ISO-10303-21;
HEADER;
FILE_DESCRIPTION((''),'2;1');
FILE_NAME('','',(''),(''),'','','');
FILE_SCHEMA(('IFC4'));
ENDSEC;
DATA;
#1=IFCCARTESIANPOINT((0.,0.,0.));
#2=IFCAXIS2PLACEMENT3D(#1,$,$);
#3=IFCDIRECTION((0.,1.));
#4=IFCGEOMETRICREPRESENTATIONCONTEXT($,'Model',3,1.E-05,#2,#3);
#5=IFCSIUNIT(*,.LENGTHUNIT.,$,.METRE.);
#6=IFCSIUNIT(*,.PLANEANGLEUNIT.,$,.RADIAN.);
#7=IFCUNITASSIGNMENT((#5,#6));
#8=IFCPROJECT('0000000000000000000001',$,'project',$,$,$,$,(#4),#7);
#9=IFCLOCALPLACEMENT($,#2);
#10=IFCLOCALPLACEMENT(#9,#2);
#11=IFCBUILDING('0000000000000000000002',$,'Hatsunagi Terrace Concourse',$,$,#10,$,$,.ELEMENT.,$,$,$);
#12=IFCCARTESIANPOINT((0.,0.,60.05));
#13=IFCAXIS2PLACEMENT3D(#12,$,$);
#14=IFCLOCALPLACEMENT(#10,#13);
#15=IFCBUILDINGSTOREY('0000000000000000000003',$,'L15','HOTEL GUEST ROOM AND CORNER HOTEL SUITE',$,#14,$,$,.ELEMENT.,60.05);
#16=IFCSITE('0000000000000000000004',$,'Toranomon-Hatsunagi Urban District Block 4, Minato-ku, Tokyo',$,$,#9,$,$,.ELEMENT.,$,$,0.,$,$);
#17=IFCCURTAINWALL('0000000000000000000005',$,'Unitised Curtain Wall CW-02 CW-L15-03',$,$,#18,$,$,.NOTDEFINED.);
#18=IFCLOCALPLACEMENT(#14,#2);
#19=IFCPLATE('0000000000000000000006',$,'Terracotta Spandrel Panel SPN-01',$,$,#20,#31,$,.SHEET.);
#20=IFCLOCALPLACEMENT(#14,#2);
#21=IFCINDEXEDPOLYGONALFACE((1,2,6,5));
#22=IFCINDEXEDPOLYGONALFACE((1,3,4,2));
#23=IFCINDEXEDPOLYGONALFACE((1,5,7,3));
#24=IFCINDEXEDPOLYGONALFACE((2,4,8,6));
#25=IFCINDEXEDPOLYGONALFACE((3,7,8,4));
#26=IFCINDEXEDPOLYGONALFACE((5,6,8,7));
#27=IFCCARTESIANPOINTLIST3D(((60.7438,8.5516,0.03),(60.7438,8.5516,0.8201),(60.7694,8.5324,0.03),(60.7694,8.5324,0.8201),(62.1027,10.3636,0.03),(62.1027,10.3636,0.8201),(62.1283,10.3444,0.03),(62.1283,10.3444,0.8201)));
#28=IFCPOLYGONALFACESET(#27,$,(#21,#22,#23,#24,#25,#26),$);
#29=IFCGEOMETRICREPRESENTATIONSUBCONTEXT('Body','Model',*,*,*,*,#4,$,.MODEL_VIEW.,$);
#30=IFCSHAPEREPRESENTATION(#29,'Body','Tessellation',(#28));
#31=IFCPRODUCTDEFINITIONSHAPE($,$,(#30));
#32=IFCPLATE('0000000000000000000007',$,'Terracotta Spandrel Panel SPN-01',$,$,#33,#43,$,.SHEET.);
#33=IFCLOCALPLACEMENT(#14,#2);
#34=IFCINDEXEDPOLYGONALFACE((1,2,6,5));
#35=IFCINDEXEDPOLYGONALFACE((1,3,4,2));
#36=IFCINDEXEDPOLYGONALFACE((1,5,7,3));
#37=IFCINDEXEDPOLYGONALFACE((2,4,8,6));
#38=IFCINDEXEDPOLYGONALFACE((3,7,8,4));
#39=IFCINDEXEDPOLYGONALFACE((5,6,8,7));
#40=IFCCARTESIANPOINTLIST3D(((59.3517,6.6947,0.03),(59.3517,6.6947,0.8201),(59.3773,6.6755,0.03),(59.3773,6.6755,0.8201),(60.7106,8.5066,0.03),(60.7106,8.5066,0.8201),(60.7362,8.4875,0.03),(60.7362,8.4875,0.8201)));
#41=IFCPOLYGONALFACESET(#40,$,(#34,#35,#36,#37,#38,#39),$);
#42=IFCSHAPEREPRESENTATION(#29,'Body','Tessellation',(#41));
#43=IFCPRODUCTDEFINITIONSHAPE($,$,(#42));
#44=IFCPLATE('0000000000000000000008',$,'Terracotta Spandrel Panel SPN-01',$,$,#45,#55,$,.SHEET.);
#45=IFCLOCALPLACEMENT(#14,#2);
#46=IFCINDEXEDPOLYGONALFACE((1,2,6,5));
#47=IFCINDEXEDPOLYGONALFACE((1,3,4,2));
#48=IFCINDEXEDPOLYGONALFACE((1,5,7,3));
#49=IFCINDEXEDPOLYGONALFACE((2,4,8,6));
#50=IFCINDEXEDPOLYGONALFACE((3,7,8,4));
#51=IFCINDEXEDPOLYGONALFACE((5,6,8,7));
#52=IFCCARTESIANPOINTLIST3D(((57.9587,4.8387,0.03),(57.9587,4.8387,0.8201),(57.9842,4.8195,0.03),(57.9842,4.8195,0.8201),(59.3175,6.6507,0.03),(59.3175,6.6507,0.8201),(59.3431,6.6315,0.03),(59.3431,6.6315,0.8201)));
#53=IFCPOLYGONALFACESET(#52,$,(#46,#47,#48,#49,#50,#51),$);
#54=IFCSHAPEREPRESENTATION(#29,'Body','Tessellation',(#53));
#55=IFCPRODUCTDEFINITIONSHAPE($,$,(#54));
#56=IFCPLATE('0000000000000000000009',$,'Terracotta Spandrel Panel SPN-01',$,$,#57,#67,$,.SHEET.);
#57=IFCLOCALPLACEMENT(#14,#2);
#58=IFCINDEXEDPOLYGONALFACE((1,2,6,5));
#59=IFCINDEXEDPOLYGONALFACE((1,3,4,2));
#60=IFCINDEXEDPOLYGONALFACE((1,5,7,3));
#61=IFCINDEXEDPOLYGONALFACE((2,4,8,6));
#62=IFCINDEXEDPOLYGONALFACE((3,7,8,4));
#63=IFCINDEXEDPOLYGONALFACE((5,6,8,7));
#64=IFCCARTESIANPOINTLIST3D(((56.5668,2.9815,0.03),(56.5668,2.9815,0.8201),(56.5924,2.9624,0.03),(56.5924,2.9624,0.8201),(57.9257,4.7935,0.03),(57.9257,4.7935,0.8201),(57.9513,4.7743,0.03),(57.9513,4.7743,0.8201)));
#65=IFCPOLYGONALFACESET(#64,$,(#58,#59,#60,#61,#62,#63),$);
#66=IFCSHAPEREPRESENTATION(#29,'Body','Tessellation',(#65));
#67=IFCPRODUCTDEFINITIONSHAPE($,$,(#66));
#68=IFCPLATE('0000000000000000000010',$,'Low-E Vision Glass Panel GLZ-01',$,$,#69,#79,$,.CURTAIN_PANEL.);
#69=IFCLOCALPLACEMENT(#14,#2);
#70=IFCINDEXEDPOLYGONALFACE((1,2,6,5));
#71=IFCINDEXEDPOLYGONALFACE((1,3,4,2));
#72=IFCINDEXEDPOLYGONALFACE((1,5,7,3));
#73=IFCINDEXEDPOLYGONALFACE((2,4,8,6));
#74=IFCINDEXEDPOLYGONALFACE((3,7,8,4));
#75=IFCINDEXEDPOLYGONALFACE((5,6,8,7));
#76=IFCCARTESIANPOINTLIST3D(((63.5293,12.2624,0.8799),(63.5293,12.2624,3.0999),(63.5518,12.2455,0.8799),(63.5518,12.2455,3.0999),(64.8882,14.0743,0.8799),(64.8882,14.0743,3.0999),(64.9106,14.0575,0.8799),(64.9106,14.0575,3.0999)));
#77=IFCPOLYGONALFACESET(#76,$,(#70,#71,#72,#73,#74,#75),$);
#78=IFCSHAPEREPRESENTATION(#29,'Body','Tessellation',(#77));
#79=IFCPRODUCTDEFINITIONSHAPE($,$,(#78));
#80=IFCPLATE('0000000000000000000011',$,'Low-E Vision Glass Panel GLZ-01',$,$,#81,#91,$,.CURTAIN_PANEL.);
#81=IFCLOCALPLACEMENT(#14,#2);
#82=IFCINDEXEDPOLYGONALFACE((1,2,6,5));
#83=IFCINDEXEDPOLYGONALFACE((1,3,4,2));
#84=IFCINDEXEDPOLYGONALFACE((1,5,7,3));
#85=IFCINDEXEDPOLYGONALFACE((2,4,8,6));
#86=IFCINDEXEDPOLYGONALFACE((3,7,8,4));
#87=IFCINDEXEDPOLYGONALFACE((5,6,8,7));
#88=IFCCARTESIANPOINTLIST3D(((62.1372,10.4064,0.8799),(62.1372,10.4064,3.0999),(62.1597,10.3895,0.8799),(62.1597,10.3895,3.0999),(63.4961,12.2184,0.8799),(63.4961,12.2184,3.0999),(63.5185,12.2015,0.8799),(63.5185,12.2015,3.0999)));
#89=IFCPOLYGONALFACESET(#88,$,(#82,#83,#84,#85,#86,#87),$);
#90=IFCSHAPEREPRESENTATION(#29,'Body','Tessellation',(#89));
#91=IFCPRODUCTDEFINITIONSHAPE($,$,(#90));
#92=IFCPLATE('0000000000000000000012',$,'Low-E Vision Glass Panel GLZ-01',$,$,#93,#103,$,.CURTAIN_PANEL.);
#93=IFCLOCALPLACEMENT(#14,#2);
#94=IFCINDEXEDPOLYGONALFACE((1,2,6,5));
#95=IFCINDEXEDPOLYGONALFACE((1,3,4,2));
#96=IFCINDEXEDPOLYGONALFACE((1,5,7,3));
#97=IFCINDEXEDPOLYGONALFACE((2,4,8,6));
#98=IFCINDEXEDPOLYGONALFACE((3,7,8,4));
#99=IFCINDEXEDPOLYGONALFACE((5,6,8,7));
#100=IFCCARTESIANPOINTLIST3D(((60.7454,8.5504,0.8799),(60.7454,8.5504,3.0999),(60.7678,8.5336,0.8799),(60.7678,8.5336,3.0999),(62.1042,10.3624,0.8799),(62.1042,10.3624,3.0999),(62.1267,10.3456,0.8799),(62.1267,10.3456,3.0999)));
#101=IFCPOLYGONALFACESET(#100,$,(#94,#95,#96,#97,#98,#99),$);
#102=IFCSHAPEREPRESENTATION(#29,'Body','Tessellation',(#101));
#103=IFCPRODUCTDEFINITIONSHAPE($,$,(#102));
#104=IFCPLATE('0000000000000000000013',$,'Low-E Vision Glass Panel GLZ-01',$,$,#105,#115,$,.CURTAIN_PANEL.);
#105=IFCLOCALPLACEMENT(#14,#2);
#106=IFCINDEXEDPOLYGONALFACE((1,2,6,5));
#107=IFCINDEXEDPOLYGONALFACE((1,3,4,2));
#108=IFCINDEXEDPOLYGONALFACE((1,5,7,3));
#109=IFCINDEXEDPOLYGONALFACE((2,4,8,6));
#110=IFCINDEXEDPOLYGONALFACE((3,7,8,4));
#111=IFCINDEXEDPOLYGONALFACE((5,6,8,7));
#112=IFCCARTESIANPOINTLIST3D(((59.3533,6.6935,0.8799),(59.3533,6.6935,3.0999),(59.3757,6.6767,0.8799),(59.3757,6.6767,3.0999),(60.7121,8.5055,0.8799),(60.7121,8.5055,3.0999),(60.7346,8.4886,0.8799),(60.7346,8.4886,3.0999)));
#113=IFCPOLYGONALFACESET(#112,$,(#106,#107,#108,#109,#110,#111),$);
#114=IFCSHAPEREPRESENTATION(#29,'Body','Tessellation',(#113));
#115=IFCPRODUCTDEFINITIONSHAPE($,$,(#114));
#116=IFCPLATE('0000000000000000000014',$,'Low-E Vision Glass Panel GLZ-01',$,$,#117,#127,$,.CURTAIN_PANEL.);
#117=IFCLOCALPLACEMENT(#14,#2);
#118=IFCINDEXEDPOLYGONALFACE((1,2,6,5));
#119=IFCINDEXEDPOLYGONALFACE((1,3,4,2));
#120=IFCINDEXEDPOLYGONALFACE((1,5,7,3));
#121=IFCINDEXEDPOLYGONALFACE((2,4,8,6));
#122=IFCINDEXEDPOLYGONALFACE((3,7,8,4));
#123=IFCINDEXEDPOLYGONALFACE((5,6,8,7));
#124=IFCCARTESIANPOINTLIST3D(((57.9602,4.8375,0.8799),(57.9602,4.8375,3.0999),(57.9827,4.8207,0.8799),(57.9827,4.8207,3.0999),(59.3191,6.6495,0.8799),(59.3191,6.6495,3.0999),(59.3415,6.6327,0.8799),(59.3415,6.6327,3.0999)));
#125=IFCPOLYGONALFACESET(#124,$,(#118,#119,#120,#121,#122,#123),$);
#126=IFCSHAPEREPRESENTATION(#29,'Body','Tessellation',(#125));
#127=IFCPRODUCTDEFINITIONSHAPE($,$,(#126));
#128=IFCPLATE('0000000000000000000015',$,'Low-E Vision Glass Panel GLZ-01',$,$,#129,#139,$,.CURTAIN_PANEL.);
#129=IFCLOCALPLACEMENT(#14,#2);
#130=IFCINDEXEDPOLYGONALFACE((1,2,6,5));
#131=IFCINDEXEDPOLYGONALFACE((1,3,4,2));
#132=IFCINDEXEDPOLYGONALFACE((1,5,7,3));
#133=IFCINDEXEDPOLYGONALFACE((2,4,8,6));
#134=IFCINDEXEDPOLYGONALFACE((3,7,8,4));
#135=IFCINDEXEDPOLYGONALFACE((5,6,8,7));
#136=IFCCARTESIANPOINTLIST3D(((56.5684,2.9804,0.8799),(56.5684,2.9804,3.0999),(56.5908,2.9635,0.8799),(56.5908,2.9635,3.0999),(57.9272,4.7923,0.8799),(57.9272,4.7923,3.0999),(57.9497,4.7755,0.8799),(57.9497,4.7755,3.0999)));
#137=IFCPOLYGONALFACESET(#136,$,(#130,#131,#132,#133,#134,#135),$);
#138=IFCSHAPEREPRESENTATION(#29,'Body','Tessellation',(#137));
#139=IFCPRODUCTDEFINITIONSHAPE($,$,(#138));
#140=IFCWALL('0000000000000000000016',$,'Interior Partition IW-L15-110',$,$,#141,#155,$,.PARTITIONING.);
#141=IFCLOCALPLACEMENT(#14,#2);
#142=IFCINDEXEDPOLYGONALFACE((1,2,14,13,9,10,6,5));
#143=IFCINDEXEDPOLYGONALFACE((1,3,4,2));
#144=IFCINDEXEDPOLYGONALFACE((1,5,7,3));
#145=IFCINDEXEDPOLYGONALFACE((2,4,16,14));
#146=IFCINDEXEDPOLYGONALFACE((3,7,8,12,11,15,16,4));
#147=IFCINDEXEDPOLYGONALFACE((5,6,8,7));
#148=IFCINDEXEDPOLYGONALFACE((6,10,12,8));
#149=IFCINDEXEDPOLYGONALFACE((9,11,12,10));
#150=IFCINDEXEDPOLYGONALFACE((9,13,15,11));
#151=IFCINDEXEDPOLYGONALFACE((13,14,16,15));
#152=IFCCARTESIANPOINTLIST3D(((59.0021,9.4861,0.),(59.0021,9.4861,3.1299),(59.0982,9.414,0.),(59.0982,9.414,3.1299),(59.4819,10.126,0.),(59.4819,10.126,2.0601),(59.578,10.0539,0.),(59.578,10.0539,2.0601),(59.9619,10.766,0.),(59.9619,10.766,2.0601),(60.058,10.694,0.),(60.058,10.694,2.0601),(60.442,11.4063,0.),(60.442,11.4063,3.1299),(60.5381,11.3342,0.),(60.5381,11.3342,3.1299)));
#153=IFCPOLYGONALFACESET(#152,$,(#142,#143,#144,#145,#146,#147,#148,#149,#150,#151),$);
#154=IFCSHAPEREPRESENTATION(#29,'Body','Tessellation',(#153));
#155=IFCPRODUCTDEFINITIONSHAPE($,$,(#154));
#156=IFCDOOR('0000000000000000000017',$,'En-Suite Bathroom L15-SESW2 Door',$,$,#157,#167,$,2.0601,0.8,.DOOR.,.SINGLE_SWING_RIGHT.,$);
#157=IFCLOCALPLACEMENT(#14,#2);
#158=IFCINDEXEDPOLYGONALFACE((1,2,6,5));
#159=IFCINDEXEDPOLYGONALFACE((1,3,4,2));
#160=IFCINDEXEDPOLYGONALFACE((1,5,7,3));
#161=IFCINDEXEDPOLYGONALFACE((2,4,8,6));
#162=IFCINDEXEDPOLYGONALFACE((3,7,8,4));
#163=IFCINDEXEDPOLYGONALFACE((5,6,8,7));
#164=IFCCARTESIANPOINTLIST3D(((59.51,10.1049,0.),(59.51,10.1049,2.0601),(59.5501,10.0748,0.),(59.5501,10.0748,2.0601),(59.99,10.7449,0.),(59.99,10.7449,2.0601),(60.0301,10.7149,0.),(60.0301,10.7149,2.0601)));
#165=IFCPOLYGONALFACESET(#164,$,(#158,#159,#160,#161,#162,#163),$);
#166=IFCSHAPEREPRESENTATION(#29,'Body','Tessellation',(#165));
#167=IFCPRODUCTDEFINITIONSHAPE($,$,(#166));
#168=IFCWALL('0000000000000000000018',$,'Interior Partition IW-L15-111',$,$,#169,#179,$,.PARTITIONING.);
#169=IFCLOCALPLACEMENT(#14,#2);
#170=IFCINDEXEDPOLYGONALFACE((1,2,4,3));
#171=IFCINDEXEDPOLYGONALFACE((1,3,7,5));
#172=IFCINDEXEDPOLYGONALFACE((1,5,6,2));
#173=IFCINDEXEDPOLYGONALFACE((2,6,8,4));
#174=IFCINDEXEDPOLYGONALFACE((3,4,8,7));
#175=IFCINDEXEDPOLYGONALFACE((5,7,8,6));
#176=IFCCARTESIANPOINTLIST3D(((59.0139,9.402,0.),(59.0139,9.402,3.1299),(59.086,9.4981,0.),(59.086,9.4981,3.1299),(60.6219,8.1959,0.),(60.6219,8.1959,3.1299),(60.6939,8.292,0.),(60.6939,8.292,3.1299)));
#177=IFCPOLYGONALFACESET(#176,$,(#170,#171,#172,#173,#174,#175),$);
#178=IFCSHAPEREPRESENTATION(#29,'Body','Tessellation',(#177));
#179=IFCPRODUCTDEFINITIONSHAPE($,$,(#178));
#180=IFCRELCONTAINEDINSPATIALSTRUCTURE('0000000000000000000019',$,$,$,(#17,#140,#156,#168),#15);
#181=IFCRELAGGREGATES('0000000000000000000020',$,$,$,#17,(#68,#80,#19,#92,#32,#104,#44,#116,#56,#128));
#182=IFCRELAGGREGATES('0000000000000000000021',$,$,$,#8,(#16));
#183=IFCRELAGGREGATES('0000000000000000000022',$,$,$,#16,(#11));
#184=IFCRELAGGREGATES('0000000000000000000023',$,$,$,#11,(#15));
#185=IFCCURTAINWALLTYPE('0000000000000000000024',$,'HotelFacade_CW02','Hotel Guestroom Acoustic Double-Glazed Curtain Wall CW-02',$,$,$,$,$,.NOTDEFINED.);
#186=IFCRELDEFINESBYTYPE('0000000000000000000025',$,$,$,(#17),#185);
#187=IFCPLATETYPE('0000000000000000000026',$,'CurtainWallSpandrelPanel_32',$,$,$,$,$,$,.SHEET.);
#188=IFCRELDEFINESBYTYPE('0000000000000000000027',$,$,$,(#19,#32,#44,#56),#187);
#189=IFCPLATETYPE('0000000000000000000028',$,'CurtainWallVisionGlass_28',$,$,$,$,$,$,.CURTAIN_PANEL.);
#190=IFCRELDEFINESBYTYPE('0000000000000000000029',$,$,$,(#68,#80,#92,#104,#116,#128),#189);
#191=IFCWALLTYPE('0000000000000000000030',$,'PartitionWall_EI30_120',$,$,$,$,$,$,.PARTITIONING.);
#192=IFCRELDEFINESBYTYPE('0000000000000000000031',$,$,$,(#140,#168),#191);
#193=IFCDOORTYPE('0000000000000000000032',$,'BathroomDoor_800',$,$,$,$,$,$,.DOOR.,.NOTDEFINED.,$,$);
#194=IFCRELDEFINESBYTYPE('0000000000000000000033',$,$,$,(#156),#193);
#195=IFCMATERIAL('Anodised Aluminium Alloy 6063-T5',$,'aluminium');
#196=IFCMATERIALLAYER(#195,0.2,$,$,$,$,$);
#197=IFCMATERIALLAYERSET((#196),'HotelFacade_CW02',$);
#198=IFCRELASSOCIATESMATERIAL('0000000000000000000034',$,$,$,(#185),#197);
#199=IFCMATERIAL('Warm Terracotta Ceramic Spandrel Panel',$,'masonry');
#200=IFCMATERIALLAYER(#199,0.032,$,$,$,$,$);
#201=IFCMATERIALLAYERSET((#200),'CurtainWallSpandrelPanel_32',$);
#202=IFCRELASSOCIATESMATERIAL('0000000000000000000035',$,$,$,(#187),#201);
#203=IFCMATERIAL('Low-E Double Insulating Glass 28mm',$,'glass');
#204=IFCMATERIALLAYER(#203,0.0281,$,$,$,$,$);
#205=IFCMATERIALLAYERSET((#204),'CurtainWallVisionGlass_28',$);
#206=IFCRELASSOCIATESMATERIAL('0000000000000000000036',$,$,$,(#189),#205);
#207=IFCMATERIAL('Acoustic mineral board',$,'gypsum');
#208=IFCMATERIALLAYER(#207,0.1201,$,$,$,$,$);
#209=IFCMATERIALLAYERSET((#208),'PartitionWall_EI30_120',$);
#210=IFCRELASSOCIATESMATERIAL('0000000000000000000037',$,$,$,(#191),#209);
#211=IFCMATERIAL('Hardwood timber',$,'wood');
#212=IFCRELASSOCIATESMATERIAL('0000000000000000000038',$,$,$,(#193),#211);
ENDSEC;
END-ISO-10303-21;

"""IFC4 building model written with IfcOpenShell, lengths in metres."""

from ifc_helpers import new_model, si_unit, direction, frame, frame_2d, origin, origin_2d, place, context, subcontext, project, spatial, rectangle, extrude, material, layer, layer_set, type_object, element, fill, aggregate, save


model = new_model("IFC4")

# Units and contexts
model_context = context("Model", 3, precision=1e-05, world=origin(), true_north=direction((0.0, 1.0)))
body_context = subcontext(model_context, "Body", "Model", "MODEL_VIEW")
ifc_project = project(units=[si_unit("LENGTHUNIT", "METRE"), si_unit("PLANEANGLEUNIT", "RADIAN")], contexts=[model_context])

# Site, building, storey
site_placement = place(None, origin())
site = spatial("IfcSite", under=ifc_project, at=site_placement, Name="Toranomon-Hatsunagi Urban District Block 4, Minato-ku, Tokyo", CompositionType="ELEMENT", RefElevation=0.0)
building_placement = place(site_placement, origin())
building = spatial("IfcBuilding", under=site, at=building_placement, Name="Hatsunagi Terrace Concourse", CompositionType="ELEMENT")
storey_placement = place(building_placement, frame((0.0, 0.0, 60.05)))
storey = spatial("IfcBuildingStorey", under=building, at=storey_placement, Name="L15", Description="HOTEL GUEST ROOM AND CORNER HOTEL SUITE", CompositionType="ELEMENT", Elevation=60.05)

# Curtain wall
ifc_material_1 = material(Name="Anodised Aluminium Alloy 6063-T5", Category="aluminium")
ifc_layer_1 = layer(ifc_material_1, 0.2)
ifc_layer_set_1 = layer_set([ifc_layer_1], Name="HotelFacade_CW02")
curtain_wall_type = type_object("IfcCurtainWallType", Name="HotelFacade_CW02", Description="Hotel Guestroom Acoustic Double-Glazed Curtain Wall CW-02", PredefinedType="NOTDEFINED", material=ifc_layer_set_1)
curtain_wall_placement = place(storey_placement, origin())
curtain_wall = element("IfcCurtainWall", 1, at=curtain_wall_placement, inside=storey, type_object=curtain_wall_type, Name="Unitised Curtain Wall CW-02 CW-L15-03", PredefinedType="NOTDEFINED")

# Plates
ifc_material_2 = material(Name="Warm Terracotta Ceramic Spandrel Panel", Category="masonry")
ifc_layer_2 = layer(ifc_material_2, 0.032)
ifc_layer_set_2 = layer_set([ifc_layer_2], Name="CurtainWallSpandrelPanel_32")
plate_type_1 = type_object("IfcPlateType", Name="CurtainWallSpandrelPanel_32", PredefinedType="SHEET", material=ifc_layer_set_2)
plate_1_placement = place(storey_placement, frame((61.436, 9.448, 0.03), z_axis=(0.0, 0.0, 1.0), x_axis=(-0.599969, -0.800023, 0.0)))
plate_1 = element("IfcPlate", 2, at=plate_1_placement, type_object=plate_type_1, Name="Terracotta Spandrel Panel SPN-01", PredefinedType="SHEET", context=body_context, shape_type="SweptSolid", body=[
    extrude(rectangle(XDim=2.2649, YDim=0.032, at=origin_2d()), origin(), (0.0, 0.0, 1.0), 0.79),
])
plate_2_placement = place(storey_placement, frame((60.0439, 7.5911, 0.03), z_axis=(0.0, 0.0, 1.0), x_axis=(-0.599969, -0.800023, 0.0)))
plate_2 = element("IfcPlate", 3, at=plate_2_placement, type_object=plate_type_1, Name="Terracotta Spandrel Panel SPN-01", PredefinedType="SHEET", context=body_context, shape_type="SweptSolid", body=[
    extrude(rectangle(XDim=2.2649, YDim=0.032, at=origin_2d()), origin(), (0.0, 0.0, 1.0), 0.79),
])
plate_3_placement = place(storey_placement, frame((58.6509, 5.7351, 0.03), z_axis=(0.0, 0.0, 1.0), x_axis=(-0.599969, -0.800023, 0.0)))
plate_3 = element("IfcPlate", 4, at=plate_3_placement, type_object=plate_type_1, Name="Terracotta Spandrel Panel SPN-01", PredefinedType="SHEET", context=body_context, shape_type="SweptSolid", body=[
    extrude(rectangle(XDim=2.2649, YDim=0.032, at=origin_2d()), origin(), (0.0, 0.0, 1.0), 0.79),
])
plate_4_placement = place(storey_placement, frame((57.259, 3.8779, 0.03), z_axis=(0.0, 0.0, 1.0), x_axis=(-0.599969, -0.800023, 0.0)))
plate_4 = element("IfcPlate", 5, at=plate_4_placement, type_object=plate_type_1, Name="Terracotta Spandrel Panel SPN-01", PredefinedType="SHEET", context=body_context, shape_type="SweptSolid", body=[
    extrude(rectangle(XDim=2.2649, YDim=0.032, at=origin_2d()), origin(), (0.0, 0.0, 1.0), 0.79),
])
ifc_material_3 = material(Name="Low-E Double Insulating Glass 28mm", Category="glass")
ifc_layer_3 = layer(ifc_material_3, 0.0281)
ifc_layer_set_3 = layer_set([ifc_layer_3], Name="CurtainWallVisionGlass_28")
plate_type_2 = type_object("IfcPlateType", Name="CurtainWallVisionGlass_28", PredefinedType="CURTAIN_PANEL", material=ifc_layer_set_3)
plate_5_placement = place(storey_placement, frame((64.22, 13.1599, 0.8799), z_axis=(0.0, 0.0, 1.0), x_axis=(-0.599969, -0.800023, 0.0)))
plate_5 = element("IfcPlate", 6, at=plate_5_placement, type_object=plate_type_2, Name="Low-E Vision Glass Panel GLZ-01", PredefinedType="CURTAIN_PANEL", context=body_context, shape_type="SweptSolid", body=[
    extrude(rectangle(XDim=2.2649, YDim=0.0281, at=origin_2d()), origin(), (0.0, 0.0, 1.0), 2.22),
])
plate_6_placement = place(storey_placement, frame((62.8279, 11.304, 0.8799), z_axis=(0.0, 0.0, 1.0), x_axis=(-0.599969, -0.800023, 0.0)))
plate_6 = element("IfcPlate", 7, at=plate_6_placement, type_object=plate_type_2, Name="Low-E Vision Glass Panel GLZ-01", PredefinedType="CURTAIN_PANEL", context=body_context, shape_type="SweptSolid", body=[
    extrude(rectangle(XDim=2.2649, YDim=0.0281, at=origin_2d()), origin(), (0.0, 0.0, 1.0), 2.22),
])
plate_7_placement = place(storey_placement, frame((61.436, 9.448, 0.8799), z_axis=(0.0, 0.0, 1.0), x_axis=(-0.599969, -0.800023, 0.0)))
plate_7 = element("IfcPlate", 8, at=plate_7_placement, type_object=plate_type_2, Name="Low-E Vision Glass Panel GLZ-01", PredefinedType="CURTAIN_PANEL", context=body_context, shape_type="SweptSolid", body=[
    extrude(rectangle(XDim=2.2649, YDim=0.0281, at=origin_2d()), origin(), (0.0, 0.0, 1.0), 2.22),
])
plate_8_placement = place(storey_placement, frame((60.0439, 7.5911, 0.8799), z_axis=(0.0, 0.0, 1.0), x_axis=(-0.599969, -0.800023, 0.0)))
plate_8 = element("IfcPlate", 9, at=plate_8_placement, type_object=plate_type_2, Name="Low-E Vision Glass Panel GLZ-01", PredefinedType="CURTAIN_PANEL", context=body_context, shape_type="SweptSolid", body=[
    extrude(rectangle(XDim=2.2649, YDim=0.0281, at=origin_2d()), origin(), (0.0, 0.0, 1.0), 2.22),
])
plate_9_placement = place(storey_placement, frame((58.6509, 5.7351, 0.8799), z_axis=(0.0, 0.0, 1.0), x_axis=(-0.599969, -0.800023, 0.0)))
plate_9 = element("IfcPlate", 10, at=plate_9_placement, type_object=plate_type_2, Name="Low-E Vision Glass Panel GLZ-01", PredefinedType="CURTAIN_PANEL", context=body_context, shape_type="SweptSolid", body=[
    extrude(rectangle(XDim=2.2649, YDim=0.0281, at=origin_2d()), origin(), (0.0, 0.0, 1.0), 2.22),
])
plate_10_placement = place(storey_placement, frame((57.259, 3.8779, 0.8799), z_axis=(0.0, 0.0, 1.0), x_axis=(-0.599969, -0.800023, 0.0)))
plate_10 = element("IfcPlate", 11, at=plate_10_placement, type_object=plate_type_2, Name="Low-E Vision Glass Panel GLZ-01", PredefinedType="CURTAIN_PANEL", context=body_context, shape_type="SweptSolid", body=[
    extrude(rectangle(XDim=2.2649, YDim=0.0281, at=origin_2d()), origin(), (0.0, 0.0, 1.0), 2.22),
])
aggregate(curtain_wall, [plate_5, plate_6, plate_1, plate_7, plate_2, plate_8, plate_3, plate_9, plate_4, plate_10])

# Wall, opening, door
ifc_material_4 = material(Name="Acoustic mineral board", Category="gypsum")
ifc_layer_4 = layer(ifc_material_4, 0.1201)
ifc_layer_set_4 = layer_set([ifc_layer_4], Name="PartitionWall_EI30_120")
wall_type_1 = type_object("IfcWallType", Name="PartitionWall_EI30_120", PredefinedType="PARTITIONING", material=ifc_layer_set_4)
wall_1_placement = place(storey_placement, frame((59.05, 9.45, 0.0), z_axis=(0.0, 0.0, 1.0), x_axis=(0.599951, 0.800037, 0.0)))
wall_1 = element("IfcWall", 12, at=wall_1_placement, inside=storey, type_object=wall_type_1, Name="Interior Partition IW-L15-110", PredefinedType="PARTITIONING", context=body_context, shape_type="SweptSolid", body=[
    extrude(rectangle(XDim=2.4001, YDim=0.1201, at=frame_2d((1.2002, 0.0))), origin(), (0.0, 0.0, 1.0), 3.1299),
])
opening_1_placement = place(wall_1_placement, frame((0.8, 0.0, 0.0)))
opening_1 = element("IfcOpeningElement", 13, at=opening_1_placement, cuts=wall_1, PredefinedType="OPENING", context=body_context, shape_type="SweptSolid", body=[
    extrude(rectangle(XDim=0.8, YDim=2.0601, at=frame_2d((0.3999, 1.03))), frame((0.0, 0.0701, 0.0), z_axis=(0.0, -1.0, 0.0), x_axis=(1.0, 0.0, 0.0)), (0.0, 0.0, 1.0), 0.1401),
])
ifc_material_5 = material(Name="Hardwood timber", Category="wood")
door_type = type_object("IfcDoorType", Name="BathroomDoor_800", OperationType="NOTDEFINED", PredefinedType="DOOR", material=ifc_material_5)
door_placement = place(opening_1_placement, origin())
door = element("IfcDoor", 14, at=door_placement, inside=storey, type_object=door_type, Name="En-Suite Bathroom L15-SESW2 Door", OperationType="SINGLE_SWING_RIGHT", OverallHeight=2.0601, OverallWidth=0.8, PredefinedType="DOOR", context=body_context, shape_type="SweptSolid", body=[
    extrude(rectangle(XDim=0.8, YDim=2.0601, at=frame_2d((0.3999, 1.03))), frame((0.0, 0.0249, 0.0), z_axis=(0.0, -1.0, 0.0), x_axis=(1.0, 0.0, 0.0)), (0.0, 0.0, 1.0), 0.05),
])
fill(opening_1, door)

# Wall
wall_2_placement = place(storey_placement, frame((59.05, 9.45, 0.0), z_axis=(0.0, 0.0, 1.0), x_axis=(0.799971, -0.600039, 0.0)))
element("IfcWall", 15, at=wall_2_placement, inside=storey, type_object=wall_type_1, Name="Interior Partition IW-L15-111", PredefinedType="PARTITIONING", context=body_context, shape_type="SweptSolid", body=[
    extrude(rectangle(XDim=2.01, YDim=0.1201, at=frame_2d((1.0049, 0.0))), origin(), (0.0, 0.0, 1.0), 3.1299),
])

save(model, "model.ifc")
